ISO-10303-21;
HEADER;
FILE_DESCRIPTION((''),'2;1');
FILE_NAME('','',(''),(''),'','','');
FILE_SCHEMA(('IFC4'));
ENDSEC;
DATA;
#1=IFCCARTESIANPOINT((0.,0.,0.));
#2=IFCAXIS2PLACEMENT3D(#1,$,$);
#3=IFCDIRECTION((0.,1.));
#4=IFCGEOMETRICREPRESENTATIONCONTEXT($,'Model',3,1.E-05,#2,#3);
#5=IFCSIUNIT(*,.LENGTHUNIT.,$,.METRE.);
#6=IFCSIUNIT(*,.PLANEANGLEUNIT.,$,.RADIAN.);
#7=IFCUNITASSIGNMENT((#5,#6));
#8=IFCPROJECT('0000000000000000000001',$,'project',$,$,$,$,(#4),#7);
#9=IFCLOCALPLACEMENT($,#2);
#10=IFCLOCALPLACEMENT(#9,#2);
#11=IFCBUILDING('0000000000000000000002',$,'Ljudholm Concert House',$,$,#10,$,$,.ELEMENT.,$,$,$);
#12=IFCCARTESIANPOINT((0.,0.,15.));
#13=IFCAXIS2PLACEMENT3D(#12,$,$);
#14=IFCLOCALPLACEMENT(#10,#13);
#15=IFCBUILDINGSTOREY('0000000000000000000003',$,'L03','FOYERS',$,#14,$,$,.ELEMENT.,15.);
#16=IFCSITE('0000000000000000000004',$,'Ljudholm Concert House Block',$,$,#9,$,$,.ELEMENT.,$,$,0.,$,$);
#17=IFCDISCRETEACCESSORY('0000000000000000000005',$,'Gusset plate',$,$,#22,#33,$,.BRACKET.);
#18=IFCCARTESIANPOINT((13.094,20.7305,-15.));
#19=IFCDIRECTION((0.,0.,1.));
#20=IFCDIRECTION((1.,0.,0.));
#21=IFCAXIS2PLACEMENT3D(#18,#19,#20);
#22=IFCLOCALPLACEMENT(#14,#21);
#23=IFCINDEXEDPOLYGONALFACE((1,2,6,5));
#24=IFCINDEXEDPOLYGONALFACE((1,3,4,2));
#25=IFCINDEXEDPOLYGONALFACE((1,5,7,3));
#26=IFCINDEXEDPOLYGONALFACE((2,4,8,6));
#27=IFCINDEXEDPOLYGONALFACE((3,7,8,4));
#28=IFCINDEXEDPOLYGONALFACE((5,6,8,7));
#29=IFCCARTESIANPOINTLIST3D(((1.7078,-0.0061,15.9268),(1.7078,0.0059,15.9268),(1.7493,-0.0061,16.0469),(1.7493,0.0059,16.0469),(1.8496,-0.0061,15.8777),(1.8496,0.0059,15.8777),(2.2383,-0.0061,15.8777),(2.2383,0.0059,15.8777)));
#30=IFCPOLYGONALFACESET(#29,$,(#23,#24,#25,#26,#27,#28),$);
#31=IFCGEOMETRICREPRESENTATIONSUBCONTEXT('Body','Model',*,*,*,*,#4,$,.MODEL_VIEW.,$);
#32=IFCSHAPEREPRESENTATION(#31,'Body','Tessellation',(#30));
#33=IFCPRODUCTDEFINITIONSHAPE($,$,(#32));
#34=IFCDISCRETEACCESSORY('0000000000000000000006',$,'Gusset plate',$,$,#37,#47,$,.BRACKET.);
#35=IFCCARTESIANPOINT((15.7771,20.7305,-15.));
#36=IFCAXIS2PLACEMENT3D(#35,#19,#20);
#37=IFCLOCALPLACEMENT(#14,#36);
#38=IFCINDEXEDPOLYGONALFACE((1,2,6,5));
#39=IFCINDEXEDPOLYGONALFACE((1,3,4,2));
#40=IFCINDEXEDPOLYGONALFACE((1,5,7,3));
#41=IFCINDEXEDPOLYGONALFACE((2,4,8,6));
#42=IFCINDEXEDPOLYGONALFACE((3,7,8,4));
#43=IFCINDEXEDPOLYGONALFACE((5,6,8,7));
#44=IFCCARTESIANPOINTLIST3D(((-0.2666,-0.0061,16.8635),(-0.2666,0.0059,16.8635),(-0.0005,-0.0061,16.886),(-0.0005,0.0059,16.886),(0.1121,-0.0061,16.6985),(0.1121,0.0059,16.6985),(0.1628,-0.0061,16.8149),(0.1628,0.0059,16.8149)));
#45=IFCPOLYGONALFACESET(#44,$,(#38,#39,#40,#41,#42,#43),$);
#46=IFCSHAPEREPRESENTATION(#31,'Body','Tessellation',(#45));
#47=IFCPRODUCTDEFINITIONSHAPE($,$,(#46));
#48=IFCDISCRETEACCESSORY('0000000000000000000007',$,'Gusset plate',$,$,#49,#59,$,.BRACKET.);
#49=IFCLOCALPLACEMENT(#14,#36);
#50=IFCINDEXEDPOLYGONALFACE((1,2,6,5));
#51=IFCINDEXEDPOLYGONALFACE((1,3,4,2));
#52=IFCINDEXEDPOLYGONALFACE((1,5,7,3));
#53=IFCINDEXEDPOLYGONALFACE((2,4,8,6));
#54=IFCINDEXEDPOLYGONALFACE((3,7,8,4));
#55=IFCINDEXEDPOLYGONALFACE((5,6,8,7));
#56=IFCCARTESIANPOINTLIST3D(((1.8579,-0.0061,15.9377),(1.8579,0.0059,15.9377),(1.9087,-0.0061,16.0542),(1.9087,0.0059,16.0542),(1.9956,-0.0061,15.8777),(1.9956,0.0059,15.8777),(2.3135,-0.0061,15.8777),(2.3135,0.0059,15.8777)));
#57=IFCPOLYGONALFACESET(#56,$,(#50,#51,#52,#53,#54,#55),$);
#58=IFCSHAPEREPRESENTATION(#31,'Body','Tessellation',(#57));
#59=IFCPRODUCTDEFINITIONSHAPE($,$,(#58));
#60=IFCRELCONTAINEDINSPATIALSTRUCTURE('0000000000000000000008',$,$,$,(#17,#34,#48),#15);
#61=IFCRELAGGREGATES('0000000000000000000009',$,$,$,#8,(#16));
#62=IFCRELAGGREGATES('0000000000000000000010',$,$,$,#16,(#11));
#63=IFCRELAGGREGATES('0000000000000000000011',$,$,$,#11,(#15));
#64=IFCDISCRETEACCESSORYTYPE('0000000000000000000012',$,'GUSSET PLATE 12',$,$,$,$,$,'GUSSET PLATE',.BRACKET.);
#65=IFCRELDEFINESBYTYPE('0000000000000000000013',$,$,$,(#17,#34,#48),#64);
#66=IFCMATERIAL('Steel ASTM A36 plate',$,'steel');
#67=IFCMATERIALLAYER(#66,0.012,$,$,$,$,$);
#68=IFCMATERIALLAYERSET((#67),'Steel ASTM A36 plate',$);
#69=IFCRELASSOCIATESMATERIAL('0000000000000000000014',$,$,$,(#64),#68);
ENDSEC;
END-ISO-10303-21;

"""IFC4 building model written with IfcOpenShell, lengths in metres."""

from ifc_helpers import new_model, si_unit, direction, frame, origin, place, context, subcontext, project, spatial, polyline, outline, extrude, material, layer, layer_set, type_object, element, save


model = new_model("IFC4")

# Units and contexts
model_context = context("Model", 3, precision=1e-05, world=origin(), true_north=direction((0.0, 1.0)))
body_context = subcontext(model_context, "Body", "Model", "MODEL_VIEW")
ifc_project = project(units=[si_unit("LENGTHUNIT", "METRE"), si_unit("PLANEANGLEUNIT", "RADIAN")], contexts=[model_context])

# Site, building, storey
site_placement = place(None, origin())
site = spatial("IfcSite", under=ifc_project, at=site_placement, Name="Ljudholm Concert House Block", CompositionType="ELEMENT", RefElevation=0.0)
building_placement = place(site_placement, origin())
building = spatial("IfcBuilding", under=site, at=building_placement, Name="Ljudholm Concert House", CompositionType="ELEMENT")
storey_placement = place(building_placement, frame((0.0, 0.0, 15.0)))
storey = spatial("IfcBuildingStorey", under=building, at=storey_placement, Name="L03", Description="FOYERS", CompositionType="ELEMENT", Elevation=15.0)

# Discrete accessories
ifc_material_1 = material(Name="Steel ASTM A36 plate", Category="steel")
ifc_layer_1 = layer(ifc_material_1, 0.012)
ifc_layer_set_1 = layer_set([ifc_layer_1], Name="Steel ASTM A36 plate")
discrete_accessory_type = type_object("IfcDiscreteAccessoryType", Name="GUSSET PLATE 12", ElementType="GUSSET PLATE", PredefinedType="BRACKET", material=ifc_layer_set_1)
discrete_accessory_1_placement = place(storey_placement, frame((13.094, 20.7305, -15.0), z_axis=(0.0, 0.0, 1.0), x_axis=(1.0, 0.0, 0.0)))
element("IfcDiscreteAccessory", 1, at=discrete_accessory_1_placement, inside=storey, type_object=discrete_accessory_type, Name="Gusset plate", PredefinedType="BRACKET", context=body_context, shape_type="SweptSolid", body=[
    extrude(outline(polyline([(1.7493, 16.0469), (2.2383, 15.8777), (1.8496, 15.8777), (1.7078, 15.9268), (1.7493, 16.0469)])), frame((0.0, 0.0059, 0.0), z_axis=(0.0, -1.0, 0.0), x_axis=(1.0, 0.0, 0.0)), (0.0, 0.0, 1.0), 0.012),
])
discrete_accessory_2_placement = place(storey_placement, frame((15.7771, 20.7305, -15.0), z_axis=(0.0, 0.0, 1.0), x_axis=(1.0, 0.0, 0.0)))
element("IfcDiscreteAccessory", 2, at=discrete_accessory_2_placement, inside=storey, type_object=discrete_accessory_type, Name="Gusset plate", PredefinedType="BRACKET", context=body_context, shape_type="SweptSolid", body=[
    extrude(outline(polyline([(0.1121, 16.6985), (-0.2666, 16.8635), (-0.0005, 16.886), (0.1628, 16.8149), (0.1121, 16.6985)])), frame((0.0, 0.0059, 0.0), z_axis=(0.0, -1.0, 0.0), x_axis=(1.0, 0.0, 0.0)), (0.0, 0.0, 1.0), 0.012),
])
discrete_accessory_3_placement = place(storey_placement, frame((15.7771, 20.7305, -15.0), z_axis=(0.0, 0.0, 1.0), x_axis=(1.0, 0.0, 0.0)))
element("IfcDiscreteAccessory", 3, at=discrete_accessory_3_placement, inside=storey, type_object=discrete_accessory_type, Name="Gusset plate", PredefinedType="BRACKET", context=body_context, shape_type="SweptSolid", body=[
    extrude(outline(polyline([(1.9087, 16.0542), (2.3135, 15.8777), (1.9956, 15.8777), (1.8579, 15.9377), (1.9087, 16.0542)])), frame((0.0, 0.0059, 0.0), z_axis=(0.0, -1.0, 0.0), x_axis=(1.0, 0.0, 0.0)), (0.0, 0.0, 1.0), 0.012),
])

save(model, "model.ifc")
